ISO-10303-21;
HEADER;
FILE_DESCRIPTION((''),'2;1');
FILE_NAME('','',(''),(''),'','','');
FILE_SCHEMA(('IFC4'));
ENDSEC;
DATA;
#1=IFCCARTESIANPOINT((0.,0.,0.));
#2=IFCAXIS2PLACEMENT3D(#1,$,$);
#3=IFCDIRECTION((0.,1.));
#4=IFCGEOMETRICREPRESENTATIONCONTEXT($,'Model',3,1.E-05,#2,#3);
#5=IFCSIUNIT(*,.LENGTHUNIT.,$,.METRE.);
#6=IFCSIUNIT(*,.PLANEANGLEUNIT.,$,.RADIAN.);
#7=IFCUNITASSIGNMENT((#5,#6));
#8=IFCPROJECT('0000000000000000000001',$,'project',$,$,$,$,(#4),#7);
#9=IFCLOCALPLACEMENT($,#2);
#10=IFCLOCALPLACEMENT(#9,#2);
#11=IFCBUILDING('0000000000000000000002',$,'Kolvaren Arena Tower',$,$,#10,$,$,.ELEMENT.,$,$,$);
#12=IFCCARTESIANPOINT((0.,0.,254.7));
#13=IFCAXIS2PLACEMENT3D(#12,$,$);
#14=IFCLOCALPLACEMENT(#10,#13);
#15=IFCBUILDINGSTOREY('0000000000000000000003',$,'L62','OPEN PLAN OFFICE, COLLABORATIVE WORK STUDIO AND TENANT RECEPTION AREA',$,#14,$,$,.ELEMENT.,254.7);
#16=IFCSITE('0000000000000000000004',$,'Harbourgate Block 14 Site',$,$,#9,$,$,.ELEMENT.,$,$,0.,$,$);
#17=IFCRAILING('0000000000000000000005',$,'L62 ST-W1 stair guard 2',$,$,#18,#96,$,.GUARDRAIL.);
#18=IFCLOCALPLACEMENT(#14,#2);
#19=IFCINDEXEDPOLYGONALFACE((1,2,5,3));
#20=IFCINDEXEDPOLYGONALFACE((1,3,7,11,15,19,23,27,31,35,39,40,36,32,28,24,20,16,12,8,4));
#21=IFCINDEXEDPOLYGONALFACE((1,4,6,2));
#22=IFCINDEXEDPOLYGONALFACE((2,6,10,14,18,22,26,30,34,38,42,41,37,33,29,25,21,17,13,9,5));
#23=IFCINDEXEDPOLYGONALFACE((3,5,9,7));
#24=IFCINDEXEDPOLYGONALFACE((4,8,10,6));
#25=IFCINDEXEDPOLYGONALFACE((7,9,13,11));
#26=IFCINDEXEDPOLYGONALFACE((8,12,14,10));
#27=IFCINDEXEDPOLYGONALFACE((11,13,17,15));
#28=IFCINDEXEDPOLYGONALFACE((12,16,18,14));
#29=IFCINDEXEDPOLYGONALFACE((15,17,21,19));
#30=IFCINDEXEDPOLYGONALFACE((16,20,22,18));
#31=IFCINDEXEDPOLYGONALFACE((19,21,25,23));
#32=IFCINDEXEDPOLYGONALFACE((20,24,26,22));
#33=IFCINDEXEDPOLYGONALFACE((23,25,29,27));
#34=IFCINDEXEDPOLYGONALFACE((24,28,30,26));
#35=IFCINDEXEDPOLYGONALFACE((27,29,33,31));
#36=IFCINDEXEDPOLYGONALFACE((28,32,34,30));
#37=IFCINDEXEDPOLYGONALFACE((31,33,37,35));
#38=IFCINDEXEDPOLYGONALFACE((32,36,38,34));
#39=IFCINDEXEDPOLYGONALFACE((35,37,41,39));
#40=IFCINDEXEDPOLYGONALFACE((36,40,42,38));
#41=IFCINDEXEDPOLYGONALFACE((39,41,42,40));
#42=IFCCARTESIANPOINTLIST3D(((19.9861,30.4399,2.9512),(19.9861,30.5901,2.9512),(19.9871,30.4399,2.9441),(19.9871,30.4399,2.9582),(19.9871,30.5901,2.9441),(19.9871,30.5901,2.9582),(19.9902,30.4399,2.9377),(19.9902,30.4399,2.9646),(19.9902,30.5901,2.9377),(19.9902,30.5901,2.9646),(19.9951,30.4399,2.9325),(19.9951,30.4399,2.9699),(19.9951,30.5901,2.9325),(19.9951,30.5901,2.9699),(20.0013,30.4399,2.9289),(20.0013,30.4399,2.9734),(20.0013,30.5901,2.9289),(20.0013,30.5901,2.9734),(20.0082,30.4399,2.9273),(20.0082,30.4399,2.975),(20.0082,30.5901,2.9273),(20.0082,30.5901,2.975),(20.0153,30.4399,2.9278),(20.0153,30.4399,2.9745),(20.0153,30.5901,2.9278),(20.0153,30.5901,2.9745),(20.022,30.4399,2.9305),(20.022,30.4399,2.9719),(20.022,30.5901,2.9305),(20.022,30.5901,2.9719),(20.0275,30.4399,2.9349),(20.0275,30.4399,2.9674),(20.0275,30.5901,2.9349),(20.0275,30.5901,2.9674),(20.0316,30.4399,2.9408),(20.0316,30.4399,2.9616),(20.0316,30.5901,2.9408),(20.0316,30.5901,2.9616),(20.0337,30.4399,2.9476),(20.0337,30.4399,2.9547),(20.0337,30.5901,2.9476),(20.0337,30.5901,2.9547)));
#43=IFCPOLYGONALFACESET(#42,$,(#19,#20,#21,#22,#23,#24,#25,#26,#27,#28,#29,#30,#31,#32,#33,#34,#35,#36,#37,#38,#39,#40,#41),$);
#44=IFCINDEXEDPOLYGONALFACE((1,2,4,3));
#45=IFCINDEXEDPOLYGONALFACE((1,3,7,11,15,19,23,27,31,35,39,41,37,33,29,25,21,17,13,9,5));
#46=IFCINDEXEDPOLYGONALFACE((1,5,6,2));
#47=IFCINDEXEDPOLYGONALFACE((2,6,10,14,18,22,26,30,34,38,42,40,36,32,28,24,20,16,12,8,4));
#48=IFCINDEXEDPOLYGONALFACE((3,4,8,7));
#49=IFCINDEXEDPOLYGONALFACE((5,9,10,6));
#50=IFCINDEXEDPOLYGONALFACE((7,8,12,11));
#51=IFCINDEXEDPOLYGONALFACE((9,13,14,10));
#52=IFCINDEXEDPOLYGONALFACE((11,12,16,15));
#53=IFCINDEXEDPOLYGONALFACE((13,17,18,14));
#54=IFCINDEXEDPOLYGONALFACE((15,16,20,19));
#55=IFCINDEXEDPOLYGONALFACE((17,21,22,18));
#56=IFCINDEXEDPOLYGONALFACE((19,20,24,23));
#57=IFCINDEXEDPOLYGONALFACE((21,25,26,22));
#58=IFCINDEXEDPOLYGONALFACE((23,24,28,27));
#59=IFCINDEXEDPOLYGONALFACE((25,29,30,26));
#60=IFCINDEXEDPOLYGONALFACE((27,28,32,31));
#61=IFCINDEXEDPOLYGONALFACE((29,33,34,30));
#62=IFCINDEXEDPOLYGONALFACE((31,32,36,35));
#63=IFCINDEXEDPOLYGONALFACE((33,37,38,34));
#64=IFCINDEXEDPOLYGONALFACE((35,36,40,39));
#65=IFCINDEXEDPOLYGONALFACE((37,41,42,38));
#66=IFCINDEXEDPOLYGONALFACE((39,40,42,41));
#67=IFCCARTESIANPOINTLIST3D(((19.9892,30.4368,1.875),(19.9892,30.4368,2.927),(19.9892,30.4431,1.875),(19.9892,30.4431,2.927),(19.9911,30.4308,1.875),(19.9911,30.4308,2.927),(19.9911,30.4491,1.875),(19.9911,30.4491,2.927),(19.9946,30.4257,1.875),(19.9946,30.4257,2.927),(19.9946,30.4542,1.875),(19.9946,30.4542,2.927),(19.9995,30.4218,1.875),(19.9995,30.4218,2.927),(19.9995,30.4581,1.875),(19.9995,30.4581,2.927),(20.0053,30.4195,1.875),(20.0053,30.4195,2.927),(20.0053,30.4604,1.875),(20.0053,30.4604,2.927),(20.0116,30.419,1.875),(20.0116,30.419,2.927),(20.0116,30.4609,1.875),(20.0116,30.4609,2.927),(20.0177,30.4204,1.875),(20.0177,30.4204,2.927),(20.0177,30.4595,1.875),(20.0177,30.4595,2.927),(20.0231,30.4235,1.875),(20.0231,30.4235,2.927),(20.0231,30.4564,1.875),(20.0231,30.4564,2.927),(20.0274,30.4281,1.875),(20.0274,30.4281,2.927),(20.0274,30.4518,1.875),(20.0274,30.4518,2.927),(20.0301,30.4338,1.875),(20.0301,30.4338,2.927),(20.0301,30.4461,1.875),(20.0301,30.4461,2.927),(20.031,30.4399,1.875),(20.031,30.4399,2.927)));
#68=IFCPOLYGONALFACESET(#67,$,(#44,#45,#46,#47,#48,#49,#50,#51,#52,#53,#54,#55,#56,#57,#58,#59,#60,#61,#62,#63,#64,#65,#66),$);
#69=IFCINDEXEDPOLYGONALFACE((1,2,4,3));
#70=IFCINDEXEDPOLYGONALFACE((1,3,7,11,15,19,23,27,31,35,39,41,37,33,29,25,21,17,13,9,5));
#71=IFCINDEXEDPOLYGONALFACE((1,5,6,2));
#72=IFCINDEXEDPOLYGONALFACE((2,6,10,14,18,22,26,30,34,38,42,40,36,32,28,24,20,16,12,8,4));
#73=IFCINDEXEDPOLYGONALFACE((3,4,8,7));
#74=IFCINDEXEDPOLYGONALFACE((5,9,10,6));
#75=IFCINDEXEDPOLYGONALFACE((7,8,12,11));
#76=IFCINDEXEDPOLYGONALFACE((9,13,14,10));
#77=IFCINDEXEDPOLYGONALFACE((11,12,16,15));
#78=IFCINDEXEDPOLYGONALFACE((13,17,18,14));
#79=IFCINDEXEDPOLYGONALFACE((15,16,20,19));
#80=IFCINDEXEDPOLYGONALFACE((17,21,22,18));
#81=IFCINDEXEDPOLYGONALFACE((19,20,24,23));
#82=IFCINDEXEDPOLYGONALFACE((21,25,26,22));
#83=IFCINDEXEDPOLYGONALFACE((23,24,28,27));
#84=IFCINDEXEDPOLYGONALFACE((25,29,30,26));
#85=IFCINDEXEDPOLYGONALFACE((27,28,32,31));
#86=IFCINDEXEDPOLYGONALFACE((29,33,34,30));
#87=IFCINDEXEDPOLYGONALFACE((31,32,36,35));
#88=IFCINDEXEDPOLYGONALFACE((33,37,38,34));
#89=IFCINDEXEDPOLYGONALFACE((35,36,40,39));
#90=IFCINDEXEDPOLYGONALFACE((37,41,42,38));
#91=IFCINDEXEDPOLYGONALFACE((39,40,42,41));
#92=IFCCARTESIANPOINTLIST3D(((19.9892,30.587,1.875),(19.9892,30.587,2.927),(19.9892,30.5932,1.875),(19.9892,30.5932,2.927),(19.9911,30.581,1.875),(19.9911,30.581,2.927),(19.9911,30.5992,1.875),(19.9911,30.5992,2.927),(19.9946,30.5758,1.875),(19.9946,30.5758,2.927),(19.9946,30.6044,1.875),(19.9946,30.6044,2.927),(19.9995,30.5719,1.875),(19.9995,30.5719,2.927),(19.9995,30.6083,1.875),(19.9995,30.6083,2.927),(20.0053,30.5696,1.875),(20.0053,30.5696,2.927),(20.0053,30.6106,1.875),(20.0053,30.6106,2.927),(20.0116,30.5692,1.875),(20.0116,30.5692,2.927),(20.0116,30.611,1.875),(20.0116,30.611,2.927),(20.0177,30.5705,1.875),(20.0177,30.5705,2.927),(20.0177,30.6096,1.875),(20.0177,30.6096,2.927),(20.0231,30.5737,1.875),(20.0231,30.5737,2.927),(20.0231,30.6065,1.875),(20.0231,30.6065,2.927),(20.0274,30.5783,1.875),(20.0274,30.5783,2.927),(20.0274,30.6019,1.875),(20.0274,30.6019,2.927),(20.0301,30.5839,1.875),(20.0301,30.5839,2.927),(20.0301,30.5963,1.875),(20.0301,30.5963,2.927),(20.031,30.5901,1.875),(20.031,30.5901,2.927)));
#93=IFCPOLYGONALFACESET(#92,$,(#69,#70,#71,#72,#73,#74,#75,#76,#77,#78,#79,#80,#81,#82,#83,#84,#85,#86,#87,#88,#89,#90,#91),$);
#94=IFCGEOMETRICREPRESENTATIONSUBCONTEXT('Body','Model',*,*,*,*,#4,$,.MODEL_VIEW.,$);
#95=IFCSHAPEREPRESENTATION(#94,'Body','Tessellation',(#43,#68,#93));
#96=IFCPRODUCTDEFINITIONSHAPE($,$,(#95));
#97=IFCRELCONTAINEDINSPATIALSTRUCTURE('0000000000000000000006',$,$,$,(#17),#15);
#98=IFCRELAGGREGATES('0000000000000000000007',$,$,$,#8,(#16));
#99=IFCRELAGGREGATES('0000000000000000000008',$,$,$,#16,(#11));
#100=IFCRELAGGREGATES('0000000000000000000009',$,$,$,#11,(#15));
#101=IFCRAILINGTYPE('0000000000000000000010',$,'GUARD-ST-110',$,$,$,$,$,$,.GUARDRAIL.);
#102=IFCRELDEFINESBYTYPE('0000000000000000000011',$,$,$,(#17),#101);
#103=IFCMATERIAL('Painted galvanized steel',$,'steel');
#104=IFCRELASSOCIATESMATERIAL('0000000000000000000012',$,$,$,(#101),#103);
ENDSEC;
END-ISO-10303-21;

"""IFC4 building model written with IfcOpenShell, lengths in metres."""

from ifc_helpers import new_model, si_unit, direction, frame, origin, origin_2d, place, context, subcontext, project, spatial, circle, extrude, material, type_object, element, save


model = new_model("IFC4")

# Units and contexts
model_context = context("Model", 3, precision=1e-05, world=origin(), true_north=direction((0.0, 1.0)))
body_context = subcontext(model_context, "Body", "Model", "MODEL_VIEW")
ifc_project = project(units=[si_unit("LENGTHUNIT", "METRE"), si_unit("PLANEANGLEUNIT", "RADIAN")], contexts=[model_context])

# Site, building, storey
site_placement = place(None, origin())
site = spatial("IfcSite", under=ifc_project, at=site_placement, Name="Harbourgate Block 14 Site", CompositionType="ELEMENT", RefElevation=0.0)
building_placement = place(site_placement, origin())
building = spatial("IfcBuilding", under=site, at=building_placement, Name="Kolvaren Arena Tower", CompositionType="ELEMENT")
storey_placement = place(building_placement, frame((0.0, 0.0, 254.7)))
storey = spatial("IfcBuildingStorey", under=building, at=storey_placement, Name="L62", Description="OPEN PLAN OFFICE, COLLABORATIVE WORK STUDIO AND TENANT RECEPTION AREA", CompositionType="ELEMENT", Elevation=254.7)

# Railing
ifc_material_1 = material(Name="Painted galvanized steel", Category="steel")
railing_type_1 = type_object("IfcRailingType", Name="GUARD-ST-110", PredefinedType="GUARDRAIL", material=ifc_material_1)
railing_1_placement = place(storey_placement, frame((20.01, 30.4399, 1.875)))
element("IfcRailing", 1, at=railing_1_placement, inside=storey, type_object=railing_type_1, Name="L62 ST-W1 stair guard 2", PredefinedType="GUARDRAIL", context=body_context, shape_type="SweptSolid", body=[
    extrude(circle(Radius=0.0239, at=origin_2d()), frame((0.0, 0.0, 1.0762), z_axis=(0.0, 1.0, 0.0), x_axis=(-1.0, 0.0, 0.0)), (0.0, 0.0, 1.0), 0.1501),
    extrude(circle(Radius=0.021, at=origin_2d()), origin(), (0.0, 0.0, 1.0), 1.052),
    extrude(circle(Radius=0.021, at=origin_2d()), frame((0.0, 0.1501, 0.0)), (0.0, 0.0, 1.0), 1.052),
])

save(model, "model.ifc")
